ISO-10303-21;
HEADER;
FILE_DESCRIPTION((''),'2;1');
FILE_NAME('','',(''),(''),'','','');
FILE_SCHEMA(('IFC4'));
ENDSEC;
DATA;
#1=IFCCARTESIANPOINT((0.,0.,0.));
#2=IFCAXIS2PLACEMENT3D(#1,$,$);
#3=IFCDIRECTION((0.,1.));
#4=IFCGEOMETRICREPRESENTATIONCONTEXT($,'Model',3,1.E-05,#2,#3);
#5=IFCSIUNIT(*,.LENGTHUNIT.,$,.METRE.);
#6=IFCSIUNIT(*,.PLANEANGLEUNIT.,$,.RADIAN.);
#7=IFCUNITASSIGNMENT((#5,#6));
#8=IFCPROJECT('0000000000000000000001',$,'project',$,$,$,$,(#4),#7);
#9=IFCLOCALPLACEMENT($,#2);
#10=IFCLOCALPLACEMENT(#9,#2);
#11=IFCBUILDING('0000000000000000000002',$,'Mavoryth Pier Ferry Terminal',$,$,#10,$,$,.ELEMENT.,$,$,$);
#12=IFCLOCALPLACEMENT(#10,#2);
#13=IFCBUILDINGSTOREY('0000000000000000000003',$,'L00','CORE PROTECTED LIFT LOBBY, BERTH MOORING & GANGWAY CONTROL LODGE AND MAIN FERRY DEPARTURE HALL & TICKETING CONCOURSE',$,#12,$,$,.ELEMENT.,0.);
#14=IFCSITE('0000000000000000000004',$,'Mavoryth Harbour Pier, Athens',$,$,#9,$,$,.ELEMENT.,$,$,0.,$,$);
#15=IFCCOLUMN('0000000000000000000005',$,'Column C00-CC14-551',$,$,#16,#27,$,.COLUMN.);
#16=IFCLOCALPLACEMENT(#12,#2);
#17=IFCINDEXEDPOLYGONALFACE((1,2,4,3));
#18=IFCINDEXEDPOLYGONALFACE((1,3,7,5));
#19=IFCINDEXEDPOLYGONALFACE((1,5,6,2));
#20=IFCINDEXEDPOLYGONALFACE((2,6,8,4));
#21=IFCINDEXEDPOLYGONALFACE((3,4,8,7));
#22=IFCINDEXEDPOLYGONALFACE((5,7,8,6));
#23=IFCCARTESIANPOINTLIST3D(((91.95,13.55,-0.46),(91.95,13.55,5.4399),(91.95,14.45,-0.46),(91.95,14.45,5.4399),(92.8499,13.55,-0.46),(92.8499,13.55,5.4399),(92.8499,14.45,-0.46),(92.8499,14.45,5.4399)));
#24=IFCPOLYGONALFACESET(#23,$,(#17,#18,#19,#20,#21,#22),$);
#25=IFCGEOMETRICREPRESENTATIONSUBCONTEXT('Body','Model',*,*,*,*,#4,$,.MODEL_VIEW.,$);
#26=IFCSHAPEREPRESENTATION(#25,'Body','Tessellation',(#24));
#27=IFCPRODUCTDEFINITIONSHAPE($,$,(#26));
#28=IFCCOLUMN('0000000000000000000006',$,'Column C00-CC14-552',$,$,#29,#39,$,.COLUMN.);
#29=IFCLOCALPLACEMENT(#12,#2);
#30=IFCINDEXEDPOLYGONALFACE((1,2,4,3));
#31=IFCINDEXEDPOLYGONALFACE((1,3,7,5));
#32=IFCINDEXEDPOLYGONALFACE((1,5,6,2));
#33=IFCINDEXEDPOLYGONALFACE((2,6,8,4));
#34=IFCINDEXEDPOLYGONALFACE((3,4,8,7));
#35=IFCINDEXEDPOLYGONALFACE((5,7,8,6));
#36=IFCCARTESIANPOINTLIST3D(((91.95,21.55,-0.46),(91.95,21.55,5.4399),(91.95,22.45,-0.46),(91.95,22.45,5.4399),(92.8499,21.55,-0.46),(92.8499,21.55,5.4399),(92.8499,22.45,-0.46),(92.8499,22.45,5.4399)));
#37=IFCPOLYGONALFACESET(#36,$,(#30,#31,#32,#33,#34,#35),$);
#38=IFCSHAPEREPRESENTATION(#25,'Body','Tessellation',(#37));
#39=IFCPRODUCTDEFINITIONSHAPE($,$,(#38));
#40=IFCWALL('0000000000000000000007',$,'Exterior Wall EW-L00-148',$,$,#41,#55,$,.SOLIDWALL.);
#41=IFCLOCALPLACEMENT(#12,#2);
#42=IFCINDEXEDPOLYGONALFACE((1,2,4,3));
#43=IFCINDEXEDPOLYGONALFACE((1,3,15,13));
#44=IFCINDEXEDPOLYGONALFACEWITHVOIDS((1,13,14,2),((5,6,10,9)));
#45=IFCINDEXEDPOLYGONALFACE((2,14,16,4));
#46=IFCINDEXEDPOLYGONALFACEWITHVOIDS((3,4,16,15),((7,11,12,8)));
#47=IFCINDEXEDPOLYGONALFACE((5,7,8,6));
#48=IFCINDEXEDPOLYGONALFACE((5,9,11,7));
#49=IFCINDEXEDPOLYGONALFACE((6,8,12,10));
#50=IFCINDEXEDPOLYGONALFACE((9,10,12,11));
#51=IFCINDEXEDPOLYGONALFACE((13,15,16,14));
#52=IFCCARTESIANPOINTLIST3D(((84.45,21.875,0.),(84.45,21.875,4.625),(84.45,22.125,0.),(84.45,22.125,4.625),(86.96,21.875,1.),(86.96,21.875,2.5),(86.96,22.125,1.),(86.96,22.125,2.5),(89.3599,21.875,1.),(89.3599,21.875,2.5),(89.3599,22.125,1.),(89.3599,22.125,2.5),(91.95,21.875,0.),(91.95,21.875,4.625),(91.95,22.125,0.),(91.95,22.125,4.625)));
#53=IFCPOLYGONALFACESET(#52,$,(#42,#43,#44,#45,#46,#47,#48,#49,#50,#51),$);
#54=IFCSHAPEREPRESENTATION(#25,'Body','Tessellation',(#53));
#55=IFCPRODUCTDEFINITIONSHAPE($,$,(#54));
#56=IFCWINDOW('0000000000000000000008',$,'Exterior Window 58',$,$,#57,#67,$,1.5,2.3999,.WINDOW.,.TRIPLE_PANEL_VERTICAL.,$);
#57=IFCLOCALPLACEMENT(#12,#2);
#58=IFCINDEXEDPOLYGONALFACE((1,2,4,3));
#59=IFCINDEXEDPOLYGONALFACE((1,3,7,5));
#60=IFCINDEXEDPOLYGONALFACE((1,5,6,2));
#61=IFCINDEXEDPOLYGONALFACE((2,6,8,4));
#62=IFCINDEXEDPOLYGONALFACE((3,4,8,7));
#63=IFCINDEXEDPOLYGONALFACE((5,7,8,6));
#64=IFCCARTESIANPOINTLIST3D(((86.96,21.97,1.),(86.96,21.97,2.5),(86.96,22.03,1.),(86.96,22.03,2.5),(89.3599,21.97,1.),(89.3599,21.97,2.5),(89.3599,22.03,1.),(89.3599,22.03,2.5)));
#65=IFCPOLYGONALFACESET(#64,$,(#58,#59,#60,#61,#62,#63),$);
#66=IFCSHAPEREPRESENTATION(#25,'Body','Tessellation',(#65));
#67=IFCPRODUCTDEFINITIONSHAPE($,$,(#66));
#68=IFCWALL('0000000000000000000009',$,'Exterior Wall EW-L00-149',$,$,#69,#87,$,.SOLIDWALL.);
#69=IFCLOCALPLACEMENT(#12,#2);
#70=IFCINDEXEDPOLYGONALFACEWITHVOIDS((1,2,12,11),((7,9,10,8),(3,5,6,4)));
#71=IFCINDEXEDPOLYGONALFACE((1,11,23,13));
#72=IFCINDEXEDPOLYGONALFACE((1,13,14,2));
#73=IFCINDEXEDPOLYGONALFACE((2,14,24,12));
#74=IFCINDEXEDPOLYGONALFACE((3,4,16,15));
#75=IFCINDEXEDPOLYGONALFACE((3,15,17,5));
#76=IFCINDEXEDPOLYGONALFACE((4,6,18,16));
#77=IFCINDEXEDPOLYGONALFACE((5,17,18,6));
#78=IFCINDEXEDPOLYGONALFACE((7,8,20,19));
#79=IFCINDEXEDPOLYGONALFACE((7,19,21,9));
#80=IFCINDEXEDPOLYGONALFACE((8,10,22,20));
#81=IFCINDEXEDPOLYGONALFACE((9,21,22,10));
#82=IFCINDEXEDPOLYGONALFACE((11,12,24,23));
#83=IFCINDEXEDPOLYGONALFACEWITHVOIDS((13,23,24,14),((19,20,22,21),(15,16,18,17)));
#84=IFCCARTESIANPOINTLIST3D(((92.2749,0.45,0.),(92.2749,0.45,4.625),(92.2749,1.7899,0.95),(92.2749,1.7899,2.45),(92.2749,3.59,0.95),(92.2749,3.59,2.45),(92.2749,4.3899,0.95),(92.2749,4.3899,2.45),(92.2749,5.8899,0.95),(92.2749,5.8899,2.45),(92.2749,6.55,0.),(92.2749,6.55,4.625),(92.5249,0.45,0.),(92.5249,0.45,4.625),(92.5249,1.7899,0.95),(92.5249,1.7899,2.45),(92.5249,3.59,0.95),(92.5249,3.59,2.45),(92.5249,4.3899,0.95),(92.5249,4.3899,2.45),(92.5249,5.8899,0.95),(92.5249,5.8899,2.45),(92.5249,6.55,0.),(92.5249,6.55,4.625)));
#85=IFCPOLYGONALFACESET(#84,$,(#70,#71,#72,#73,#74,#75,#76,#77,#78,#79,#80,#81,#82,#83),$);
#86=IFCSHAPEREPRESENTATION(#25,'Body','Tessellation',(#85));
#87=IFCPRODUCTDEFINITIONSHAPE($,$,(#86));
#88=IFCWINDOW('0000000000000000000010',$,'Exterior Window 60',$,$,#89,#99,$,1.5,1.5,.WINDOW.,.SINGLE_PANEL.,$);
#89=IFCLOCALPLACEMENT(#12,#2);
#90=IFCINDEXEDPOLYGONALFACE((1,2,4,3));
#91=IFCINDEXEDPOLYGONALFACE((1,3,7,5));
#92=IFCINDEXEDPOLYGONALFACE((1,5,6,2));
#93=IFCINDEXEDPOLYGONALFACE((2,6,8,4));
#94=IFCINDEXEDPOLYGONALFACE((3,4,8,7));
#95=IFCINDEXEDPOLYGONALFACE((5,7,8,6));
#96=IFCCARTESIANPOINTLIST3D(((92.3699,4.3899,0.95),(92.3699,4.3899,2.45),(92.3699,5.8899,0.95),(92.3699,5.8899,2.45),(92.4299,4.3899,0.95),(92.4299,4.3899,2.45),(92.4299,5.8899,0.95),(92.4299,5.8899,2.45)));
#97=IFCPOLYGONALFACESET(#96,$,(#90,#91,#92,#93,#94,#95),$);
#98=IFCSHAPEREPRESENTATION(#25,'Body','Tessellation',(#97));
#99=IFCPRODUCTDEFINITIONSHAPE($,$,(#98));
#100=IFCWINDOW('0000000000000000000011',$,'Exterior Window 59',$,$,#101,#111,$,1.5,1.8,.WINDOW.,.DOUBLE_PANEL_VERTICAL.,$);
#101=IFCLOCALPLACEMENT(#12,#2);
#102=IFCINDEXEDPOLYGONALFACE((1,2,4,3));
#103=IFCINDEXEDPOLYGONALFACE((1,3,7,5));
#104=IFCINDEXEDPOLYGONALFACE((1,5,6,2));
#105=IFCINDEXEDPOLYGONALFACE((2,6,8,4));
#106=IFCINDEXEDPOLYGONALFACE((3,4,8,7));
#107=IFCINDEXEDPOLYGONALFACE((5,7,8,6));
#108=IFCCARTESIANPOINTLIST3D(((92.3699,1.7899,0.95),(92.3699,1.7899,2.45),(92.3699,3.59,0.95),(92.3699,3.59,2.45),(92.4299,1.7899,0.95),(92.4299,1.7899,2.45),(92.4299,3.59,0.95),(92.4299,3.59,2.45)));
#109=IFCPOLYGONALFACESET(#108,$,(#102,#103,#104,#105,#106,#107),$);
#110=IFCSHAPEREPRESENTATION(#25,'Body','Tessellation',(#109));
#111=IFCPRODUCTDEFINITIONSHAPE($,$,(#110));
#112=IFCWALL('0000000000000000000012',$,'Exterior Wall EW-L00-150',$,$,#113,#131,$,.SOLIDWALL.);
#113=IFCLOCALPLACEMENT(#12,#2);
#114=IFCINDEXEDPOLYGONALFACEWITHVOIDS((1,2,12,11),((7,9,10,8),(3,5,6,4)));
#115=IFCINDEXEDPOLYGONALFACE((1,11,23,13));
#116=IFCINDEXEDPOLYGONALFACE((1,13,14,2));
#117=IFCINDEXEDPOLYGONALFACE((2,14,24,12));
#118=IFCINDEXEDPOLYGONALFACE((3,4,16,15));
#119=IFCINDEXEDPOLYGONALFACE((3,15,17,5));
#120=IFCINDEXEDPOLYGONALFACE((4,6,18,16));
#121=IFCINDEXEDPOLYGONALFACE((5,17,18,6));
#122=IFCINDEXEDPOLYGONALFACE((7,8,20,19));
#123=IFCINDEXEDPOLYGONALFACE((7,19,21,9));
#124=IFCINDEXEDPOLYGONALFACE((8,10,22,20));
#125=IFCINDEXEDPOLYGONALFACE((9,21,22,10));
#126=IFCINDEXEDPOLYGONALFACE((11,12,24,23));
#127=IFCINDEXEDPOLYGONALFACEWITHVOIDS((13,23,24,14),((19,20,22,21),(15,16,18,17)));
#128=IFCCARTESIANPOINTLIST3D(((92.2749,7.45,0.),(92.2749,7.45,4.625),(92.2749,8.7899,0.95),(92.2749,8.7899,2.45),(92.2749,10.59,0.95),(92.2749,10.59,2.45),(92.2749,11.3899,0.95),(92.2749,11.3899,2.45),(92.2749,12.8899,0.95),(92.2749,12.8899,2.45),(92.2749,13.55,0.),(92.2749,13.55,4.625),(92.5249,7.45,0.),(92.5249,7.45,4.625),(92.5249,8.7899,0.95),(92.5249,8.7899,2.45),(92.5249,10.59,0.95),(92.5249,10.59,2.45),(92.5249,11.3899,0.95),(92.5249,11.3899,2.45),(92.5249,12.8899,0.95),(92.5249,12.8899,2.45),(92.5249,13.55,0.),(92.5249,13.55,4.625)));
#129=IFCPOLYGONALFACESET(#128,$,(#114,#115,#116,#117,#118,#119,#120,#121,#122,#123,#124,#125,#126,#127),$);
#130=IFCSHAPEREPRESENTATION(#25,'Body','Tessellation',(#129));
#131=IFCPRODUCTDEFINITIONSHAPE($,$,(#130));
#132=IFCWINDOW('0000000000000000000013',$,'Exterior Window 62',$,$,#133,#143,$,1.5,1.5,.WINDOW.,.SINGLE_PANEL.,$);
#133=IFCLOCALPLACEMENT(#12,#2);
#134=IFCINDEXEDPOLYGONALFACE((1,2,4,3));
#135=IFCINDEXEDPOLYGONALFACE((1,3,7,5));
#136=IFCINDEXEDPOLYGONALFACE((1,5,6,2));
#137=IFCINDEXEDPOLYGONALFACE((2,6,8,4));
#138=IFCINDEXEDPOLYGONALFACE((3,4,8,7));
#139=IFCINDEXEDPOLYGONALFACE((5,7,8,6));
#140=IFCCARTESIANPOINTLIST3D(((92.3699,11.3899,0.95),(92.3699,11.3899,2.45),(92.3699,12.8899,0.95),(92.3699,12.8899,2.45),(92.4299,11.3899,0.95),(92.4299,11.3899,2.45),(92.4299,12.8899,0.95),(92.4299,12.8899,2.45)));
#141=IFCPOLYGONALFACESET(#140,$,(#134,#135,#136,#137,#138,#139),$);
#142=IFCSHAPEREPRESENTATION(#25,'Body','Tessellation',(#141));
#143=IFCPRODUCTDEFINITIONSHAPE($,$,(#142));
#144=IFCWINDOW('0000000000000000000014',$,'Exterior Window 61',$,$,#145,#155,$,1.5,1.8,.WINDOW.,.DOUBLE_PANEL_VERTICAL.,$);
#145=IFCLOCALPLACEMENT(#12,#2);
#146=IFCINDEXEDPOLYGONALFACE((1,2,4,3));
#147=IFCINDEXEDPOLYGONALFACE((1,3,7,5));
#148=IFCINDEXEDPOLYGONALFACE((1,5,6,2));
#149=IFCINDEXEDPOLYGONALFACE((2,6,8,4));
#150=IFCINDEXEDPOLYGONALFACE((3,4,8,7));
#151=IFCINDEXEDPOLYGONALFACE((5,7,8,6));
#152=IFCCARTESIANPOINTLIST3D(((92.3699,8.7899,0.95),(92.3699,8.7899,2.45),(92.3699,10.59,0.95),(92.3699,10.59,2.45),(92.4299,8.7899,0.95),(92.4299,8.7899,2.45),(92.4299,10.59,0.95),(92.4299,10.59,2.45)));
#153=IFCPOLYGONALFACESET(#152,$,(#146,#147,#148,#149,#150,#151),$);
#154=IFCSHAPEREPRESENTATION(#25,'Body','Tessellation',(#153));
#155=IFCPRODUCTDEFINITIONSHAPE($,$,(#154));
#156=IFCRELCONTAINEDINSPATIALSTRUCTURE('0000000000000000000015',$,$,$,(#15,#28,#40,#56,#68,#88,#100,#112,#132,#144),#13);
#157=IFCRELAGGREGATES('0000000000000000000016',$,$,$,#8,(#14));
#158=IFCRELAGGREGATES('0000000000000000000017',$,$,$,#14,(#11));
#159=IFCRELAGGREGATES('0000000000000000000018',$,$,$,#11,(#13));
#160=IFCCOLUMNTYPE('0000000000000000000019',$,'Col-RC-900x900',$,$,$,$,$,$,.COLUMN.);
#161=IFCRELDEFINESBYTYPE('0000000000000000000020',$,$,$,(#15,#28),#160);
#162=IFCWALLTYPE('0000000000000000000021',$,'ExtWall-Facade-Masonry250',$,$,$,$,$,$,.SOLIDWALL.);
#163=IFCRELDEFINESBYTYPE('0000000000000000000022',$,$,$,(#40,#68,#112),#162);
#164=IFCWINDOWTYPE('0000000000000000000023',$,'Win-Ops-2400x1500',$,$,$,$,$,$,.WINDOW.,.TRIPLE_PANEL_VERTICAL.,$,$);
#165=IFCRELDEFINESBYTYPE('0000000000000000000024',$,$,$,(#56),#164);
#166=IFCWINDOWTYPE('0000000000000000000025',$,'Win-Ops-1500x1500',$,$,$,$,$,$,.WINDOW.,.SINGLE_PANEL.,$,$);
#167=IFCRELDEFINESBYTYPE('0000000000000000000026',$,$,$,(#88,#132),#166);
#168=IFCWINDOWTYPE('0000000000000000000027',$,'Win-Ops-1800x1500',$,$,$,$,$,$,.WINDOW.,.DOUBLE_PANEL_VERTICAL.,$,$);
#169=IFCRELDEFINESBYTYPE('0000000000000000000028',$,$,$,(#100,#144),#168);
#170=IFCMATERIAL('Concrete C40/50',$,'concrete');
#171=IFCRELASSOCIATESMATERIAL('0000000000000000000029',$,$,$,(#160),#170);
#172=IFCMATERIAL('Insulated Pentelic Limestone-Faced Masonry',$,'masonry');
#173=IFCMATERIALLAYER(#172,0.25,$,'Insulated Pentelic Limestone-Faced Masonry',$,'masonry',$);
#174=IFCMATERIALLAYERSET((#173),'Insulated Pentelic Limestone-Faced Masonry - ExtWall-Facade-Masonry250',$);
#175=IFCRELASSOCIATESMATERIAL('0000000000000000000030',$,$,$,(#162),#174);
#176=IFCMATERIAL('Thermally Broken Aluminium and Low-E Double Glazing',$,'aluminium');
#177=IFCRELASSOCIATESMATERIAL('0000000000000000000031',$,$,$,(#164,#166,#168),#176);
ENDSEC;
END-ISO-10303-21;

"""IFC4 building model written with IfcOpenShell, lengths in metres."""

from ifc_helpers import new_model, si_unit, direction, frame, frame_2d, origin, origin_2d, place, context, subcontext, project, spatial, rectangle, extrude, material, layer, layer_set, material_profile, profile_set, type_object, element, fill, save


model = new_model("IFC4")

# Units and contexts
model_context = context("Model", 3, precision=1e-05, world=origin(), true_north=direction((0.0, 1.0)))
body_context = subcontext(model_context, "Body", "Model", "MODEL_VIEW")
ifc_project = project(units=[si_unit("LENGTHUNIT", "METRE"), si_unit("PLANEANGLEUNIT", "RADIAN")], contexts=[model_context])

# Site, building, storey
site_placement = place(None, origin())
site = spatial("IfcSite", under=ifc_project, at=site_placement, Name="Mavoryth Harbour Pier, Athens", CompositionType="ELEMENT", RefElevation=0.0)
building_placement = place(site_placement, origin())
building = spatial("IfcBuilding", under=site, at=building_placement, Name="Mavoryth Pier Ferry Terminal", CompositionType="ELEMENT")
storey_placement = place(building_placement, origin())
storey = spatial("IfcBuildingStorey", under=building, at=storey_placement, Name="L00", Description="CORE PROTECTED LIFT LOBBY, BERTH MOORING & GANGWAY CONTROL LODGE AND MAIN FERRY DEPARTURE HALL & TICKETING CONCOURSE", CompositionType="ELEMENT", Elevation=0.0)

# Columns
ifc_material_1 = material(Name="Concrete C40/50", Category="concrete")
ifc_material_profile_1 = material_profile(ifc_material_1, rectangle(XDim=0.8999, YDim=0.8999, at=origin_2d()), Name="RC 900x900", Category="concrete")
ifc_profile_set_1 = profile_set([ifc_material_profile_1], Name="Concrete C40/50 - RC 900x900")
column_type = type_object("IfcColumnType", Name="Col-RC-900x900", PredefinedType="COLUMN", material=ifc_profile_set_1)
for number, where, z_axis, x_axis, name in (
    (1, (92.3999, 14.0, -0.46), (0.0, 0.0, 1.0), (1.0, 0.0, 0.0), "Column C00-CC14-551"),
    (2, (92.3999, 22.0, -0.46), (0.0, 0.0, 1.0), (1.0, 0.0, 0.0), "Column C00-CC14-552"),
):
    element("IfcColumn", number, at=place(storey_placement, frame(where, z_axis=z_axis, x_axis=x_axis)), inside=storey, type_object=column_type, Name=name, PredefinedType="COLUMN", context=body_context, shape_type="SweptSolid", body=[
        extrude(rectangle(XDim=0.8999, YDim=0.8999, at=origin_2d()), origin(), (0.0, 0.0, 1.0), 5.8999),
    ])

# Wall, opening, window
ifc_material_2 = material(Name="Insulated Pentelic Limestone-Faced Masonry", Category="masonry")
ifc_layer = layer(ifc_material_2, 0.25, Name="Insulated Pentelic Limestone-Faced Masonry", Category="masonry")
ifc_layer_set = layer_set([ifc_layer], Name="Insulated Pentelic Limestone-Faced Masonry - ExtWall-Facade-Masonry250")
wall_type = type_object("IfcWallType", Name="ExtWall-Facade-Masonry250", PredefinedType="SOLIDWALL", material=ifc_layer_set)
wall_1_placement = place(storey_placement, frame((91.95, 22.0, 0.0), z_axis=(0.0, 0.0, 1.0), x_axis=(-1.0, 0.0, 0.0)))
wall_1 = element("IfcWall", 3, at=wall_1_placement, inside=storey, type_object=wall_type, Name="Exterior Wall EW-L00-148", PredefinedType="SOLIDWALL", context=body_context, shape_type="SweptSolid", body=[
    extrude(rectangle(XDim=7.5, YDim=0.25, at=frame_2d((3.75, 0.0))), origin(), (0.0, 0.0, 1.0), 4.625),
])
opening_1_placement = place(wall_1_placement, frame((2.5901, 0.0, 1.0)))
opening_1 = element("IfcOpeningElement", 4, at=opening_1_placement, cuts=wall_1, PredefinedType="OPENING", context=body_context, shape_type="SweptSolid", body=[
    extrude(rectangle(XDim=2.3999, YDim=1.5, at=frame_2d((1.2, 0.75))), frame((0.0, 0.135, 0.0), z_axis=(0.0, -1.0, 0.0), x_axis=(1.0, 0.0, 0.0)), (0.0, 0.0, 1.0), 0.27),
])
ifc_material_3 = material(Name="Thermally Broken Aluminium and Low-E Double Glazing", Category="aluminium")
window_type_1 = type_object("IfcWindowType", Name="Win-Ops-2400x1500", PartitioningType="TRIPLE_PANEL_VERTICAL", PredefinedType="WINDOW", material=ifc_material_3)
window_1_placement = place(opening_1_placement, origin())
window_1 = element("IfcWindow", 5, at=window_1_placement, inside=storey, type_object=window_type_1, Name="Exterior Window 58", OverallHeight=1.5, OverallWidth=2.3999, PartitioningType="TRIPLE_PANEL_VERTICAL", PredefinedType="WINDOW", context=body_context, shape_type="SweptSolid", body=[
    extrude(rectangle(XDim=2.3999, YDim=1.5, at=frame_2d((1.2, 0.75))), frame((0.0, 0.03, 0.0), z_axis=(0.0, -1.0, 0.0), x_axis=(1.0, 0.0, 0.0)), (0.0, 0.0, 1.0), 0.0601),
])
fill(opening_1, window_1)

# Walls, openings, windows
wall_2_placement = place(storey_placement, frame((92.3999, 0.45, 0.0), z_axis=(0.0, 0.0, 1.0), x_axis=(0.0, 1.0, 0.0)))
wall_2 = element("IfcWall", 6, at=wall_2_placement, inside=storey, type_object=wall_type, Name="Exterior Wall EW-L00-149", PredefinedType="SOLIDWALL", context=body_context, shape_type="SweptSolid", body=[
    extrude(rectangle(XDim=6.1001, YDim=0.25, at=frame_2d((3.05, 0.0))), origin(), (0.0, 0.0, 1.0), 4.625),
])
opening_2_placement = place(wall_2_placement, frame((1.3401, 0.0, 0.95)))
opening_2 = element("IfcOpeningElement", 7, at=opening_2_placement, cuts=wall_2, PredefinedType="OPENING", context=body_context, shape_type="SweptSolid", body=[
    extrude(rectangle(XDim=1.8, YDim=1.5, at=frame_2d((0.8999, 0.75))), frame((0.0, 0.135, 0.0), z_axis=(0.0, -1.0, 0.0), x_axis=(1.0, 0.0, 0.0)), (0.0, 0.0, 1.0), 0.27),
])
opening_3_placement = place(wall_2_placement, frame((3.9399, 0.0, 0.95)))
opening_3 = element("IfcOpeningElement", 8, at=opening_3_placement, cuts=wall_2, PredefinedType="OPENING", context=body_context, shape_type="SweptSolid", body=[
    extrude(rectangle(XDim=1.5, YDim=1.5, at=frame_2d((0.75, 0.75))), frame((0.0, 0.135, 0.0), z_axis=(0.0, -1.0, 0.0), x_axis=(1.0, 0.0, 0.0)), (0.0, 0.0, 1.0), 0.27),
])
window_type_2 = type_object("IfcWindowType", Name="Win-Ops-1500x1500", PartitioningType="SINGLE_PANEL", PredefinedType="WINDOW", material=ifc_material_3)
window_2_placement = place(opening_3_placement, origin())
window_2 = element("IfcWindow", 9, at=window_2_placement, inside=storey, type_object=window_type_2, Name="Exterior Window 60", OverallHeight=1.5, OverallWidth=1.5, PartitioningType="SINGLE_PANEL", PredefinedType="WINDOW", context=body_context, shape_type="SweptSolid", body=[
    extrude(rectangle(XDim=1.5, YDim=1.5, at=frame_2d((0.75, 0.75))), frame((0.0, 0.03, 0.0), z_axis=(0.0, -1.0, 0.0), x_axis=(1.0, 0.0, 0.0)), (0.0, 0.0, 1.0), 0.0601),
])
fill(opening_3, window_2)
window_type_3 = type_object("IfcWindowType", Name="Win-Ops-1800x1500", PartitioningType="DOUBLE_PANEL_VERTICAL", PredefinedType="WINDOW", material=ifc_material_3)
window_3_placement = place(opening_2_placement, origin())
window_3 = element("IfcWindow", 10, at=window_3_placement, inside=storey, type_object=window_type_3, Name="Exterior Window 59", OverallHeight=1.5, OverallWidth=1.8, PartitioningType="DOUBLE_PANEL_VERTICAL", PredefinedType="WINDOW", context=body_context, shape_type="SweptSolid", body=[
    extrude(rectangle(XDim=1.8, YDim=1.5, at=frame_2d((0.8999, 0.75))), frame((0.0, 0.03, 0.0), z_axis=(0.0, -1.0, 0.0), x_axis=(1.0, 0.0, 0.0)), (0.0, 0.0, 1.0), 0.0601),
])
fill(opening_2, window_3)
wall_3_placement = place(storey_placement, frame((92.3999, 7.45, 0.0), z_axis=(0.0, 0.0, 1.0), x_axis=(0.0, 1.0, 0.0)))
wall_3 = element("IfcWall", 11, at=wall_3_placement, inside=storey, type_object=wall_type, Name="Exterior Wall EW-L00-150", PredefinedType="SOLIDWALL", context=body_context, shape_type="SweptSolid", body=[
    extrude(rectangle(XDim=6.1001, YDim=0.25, at=frame_2d((3.05, 0.0))), origin(), (0.0, 0.0, 1.0), 4.625),
])
opening_4_placement = place(wall_3_placement, frame((1.3401, 0.0, 0.95)))
opening_4 = element("IfcOpeningElement", 12, at=opening_4_placement, cuts=wall_3, PredefinedType="OPENING", context=body_context, shape_type="SweptSolid", body=[
    extrude(rectangle(XDim=1.8, YDim=1.5, at=frame_2d((0.8999, 0.75))), frame((0.0, 0.135, 0.0), z_axis=(0.0, -1.0, 0.0), x_axis=(1.0, 0.0, 0.0)), (0.0, 0.0, 1.0), 0.27),
])
opening_5_placement = place(wall_3_placement, frame((3.9399, 0.0, 0.95)))
opening_5 = element("IfcOpeningElement", 13, at=opening_5_placement, cuts=wall_3, PredefinedType="OPENING", context=body_context, shape_type="SweptSolid", body=[
    extrude(rectangle(XDim=1.5, YDim=1.5, at=frame_2d((0.75, 0.75))), frame((0.0, 0.135, 0.0), z_axis=(0.0, -1.0, 0.0), x_axis=(1.0, 0.0, 0.0)), (0.0, 0.0, 1.0), 0.27),
])
window_4_placement = place(opening_5_placement, origin())
window_4 = element("IfcWindow", 14, at=window_4_placement, inside=storey, type_object=window_type_2, Name="Exterior Window 62", OverallHeight=1.5, OverallWidth=1.5, PartitioningType="SINGLE_PANEL", PredefinedType="WINDOW", context=body_context, shape_type="SweptSolid", body=[
    extrude(rectangle(XDim=1.5, YDim=1.5, at=frame_2d((0.75, 0.75))), frame((0.0, 0.03, 0.0), z_axis=(0.0, -1.0, 0.0), x_axis=(1.0, 0.0, 0.0)), (0.0, 0.0, 1.0), 0.0601),
])
fill(opening_5, window_4)
window_5_placement = place(opening_4_placement, origin())
window_5 = element("IfcWindow", 15, at=window_5_placement, inside=storey, type_object=window_type_3, Name="Exterior Window 61", OverallHeight=1.5, OverallWidth=1.8, PartitioningType="DOUBLE_PANEL_VERTICAL", PredefinedType="WINDOW", context=body_context, shape_type="SweptSolid", body=[
    extrude(rectangle(XDim=1.8, YDim=1.5, at=frame_2d((0.8999, 0.75))), frame((0.0, 0.03, 0.0), z_axis=(0.0, -1.0, 0.0), x_axis=(1.0, 0.0, 0.0)), (0.0, 0.0, 1.0), 0.0601),
])
fill(opening_4, window_5)

save(model, "model.ifc")
